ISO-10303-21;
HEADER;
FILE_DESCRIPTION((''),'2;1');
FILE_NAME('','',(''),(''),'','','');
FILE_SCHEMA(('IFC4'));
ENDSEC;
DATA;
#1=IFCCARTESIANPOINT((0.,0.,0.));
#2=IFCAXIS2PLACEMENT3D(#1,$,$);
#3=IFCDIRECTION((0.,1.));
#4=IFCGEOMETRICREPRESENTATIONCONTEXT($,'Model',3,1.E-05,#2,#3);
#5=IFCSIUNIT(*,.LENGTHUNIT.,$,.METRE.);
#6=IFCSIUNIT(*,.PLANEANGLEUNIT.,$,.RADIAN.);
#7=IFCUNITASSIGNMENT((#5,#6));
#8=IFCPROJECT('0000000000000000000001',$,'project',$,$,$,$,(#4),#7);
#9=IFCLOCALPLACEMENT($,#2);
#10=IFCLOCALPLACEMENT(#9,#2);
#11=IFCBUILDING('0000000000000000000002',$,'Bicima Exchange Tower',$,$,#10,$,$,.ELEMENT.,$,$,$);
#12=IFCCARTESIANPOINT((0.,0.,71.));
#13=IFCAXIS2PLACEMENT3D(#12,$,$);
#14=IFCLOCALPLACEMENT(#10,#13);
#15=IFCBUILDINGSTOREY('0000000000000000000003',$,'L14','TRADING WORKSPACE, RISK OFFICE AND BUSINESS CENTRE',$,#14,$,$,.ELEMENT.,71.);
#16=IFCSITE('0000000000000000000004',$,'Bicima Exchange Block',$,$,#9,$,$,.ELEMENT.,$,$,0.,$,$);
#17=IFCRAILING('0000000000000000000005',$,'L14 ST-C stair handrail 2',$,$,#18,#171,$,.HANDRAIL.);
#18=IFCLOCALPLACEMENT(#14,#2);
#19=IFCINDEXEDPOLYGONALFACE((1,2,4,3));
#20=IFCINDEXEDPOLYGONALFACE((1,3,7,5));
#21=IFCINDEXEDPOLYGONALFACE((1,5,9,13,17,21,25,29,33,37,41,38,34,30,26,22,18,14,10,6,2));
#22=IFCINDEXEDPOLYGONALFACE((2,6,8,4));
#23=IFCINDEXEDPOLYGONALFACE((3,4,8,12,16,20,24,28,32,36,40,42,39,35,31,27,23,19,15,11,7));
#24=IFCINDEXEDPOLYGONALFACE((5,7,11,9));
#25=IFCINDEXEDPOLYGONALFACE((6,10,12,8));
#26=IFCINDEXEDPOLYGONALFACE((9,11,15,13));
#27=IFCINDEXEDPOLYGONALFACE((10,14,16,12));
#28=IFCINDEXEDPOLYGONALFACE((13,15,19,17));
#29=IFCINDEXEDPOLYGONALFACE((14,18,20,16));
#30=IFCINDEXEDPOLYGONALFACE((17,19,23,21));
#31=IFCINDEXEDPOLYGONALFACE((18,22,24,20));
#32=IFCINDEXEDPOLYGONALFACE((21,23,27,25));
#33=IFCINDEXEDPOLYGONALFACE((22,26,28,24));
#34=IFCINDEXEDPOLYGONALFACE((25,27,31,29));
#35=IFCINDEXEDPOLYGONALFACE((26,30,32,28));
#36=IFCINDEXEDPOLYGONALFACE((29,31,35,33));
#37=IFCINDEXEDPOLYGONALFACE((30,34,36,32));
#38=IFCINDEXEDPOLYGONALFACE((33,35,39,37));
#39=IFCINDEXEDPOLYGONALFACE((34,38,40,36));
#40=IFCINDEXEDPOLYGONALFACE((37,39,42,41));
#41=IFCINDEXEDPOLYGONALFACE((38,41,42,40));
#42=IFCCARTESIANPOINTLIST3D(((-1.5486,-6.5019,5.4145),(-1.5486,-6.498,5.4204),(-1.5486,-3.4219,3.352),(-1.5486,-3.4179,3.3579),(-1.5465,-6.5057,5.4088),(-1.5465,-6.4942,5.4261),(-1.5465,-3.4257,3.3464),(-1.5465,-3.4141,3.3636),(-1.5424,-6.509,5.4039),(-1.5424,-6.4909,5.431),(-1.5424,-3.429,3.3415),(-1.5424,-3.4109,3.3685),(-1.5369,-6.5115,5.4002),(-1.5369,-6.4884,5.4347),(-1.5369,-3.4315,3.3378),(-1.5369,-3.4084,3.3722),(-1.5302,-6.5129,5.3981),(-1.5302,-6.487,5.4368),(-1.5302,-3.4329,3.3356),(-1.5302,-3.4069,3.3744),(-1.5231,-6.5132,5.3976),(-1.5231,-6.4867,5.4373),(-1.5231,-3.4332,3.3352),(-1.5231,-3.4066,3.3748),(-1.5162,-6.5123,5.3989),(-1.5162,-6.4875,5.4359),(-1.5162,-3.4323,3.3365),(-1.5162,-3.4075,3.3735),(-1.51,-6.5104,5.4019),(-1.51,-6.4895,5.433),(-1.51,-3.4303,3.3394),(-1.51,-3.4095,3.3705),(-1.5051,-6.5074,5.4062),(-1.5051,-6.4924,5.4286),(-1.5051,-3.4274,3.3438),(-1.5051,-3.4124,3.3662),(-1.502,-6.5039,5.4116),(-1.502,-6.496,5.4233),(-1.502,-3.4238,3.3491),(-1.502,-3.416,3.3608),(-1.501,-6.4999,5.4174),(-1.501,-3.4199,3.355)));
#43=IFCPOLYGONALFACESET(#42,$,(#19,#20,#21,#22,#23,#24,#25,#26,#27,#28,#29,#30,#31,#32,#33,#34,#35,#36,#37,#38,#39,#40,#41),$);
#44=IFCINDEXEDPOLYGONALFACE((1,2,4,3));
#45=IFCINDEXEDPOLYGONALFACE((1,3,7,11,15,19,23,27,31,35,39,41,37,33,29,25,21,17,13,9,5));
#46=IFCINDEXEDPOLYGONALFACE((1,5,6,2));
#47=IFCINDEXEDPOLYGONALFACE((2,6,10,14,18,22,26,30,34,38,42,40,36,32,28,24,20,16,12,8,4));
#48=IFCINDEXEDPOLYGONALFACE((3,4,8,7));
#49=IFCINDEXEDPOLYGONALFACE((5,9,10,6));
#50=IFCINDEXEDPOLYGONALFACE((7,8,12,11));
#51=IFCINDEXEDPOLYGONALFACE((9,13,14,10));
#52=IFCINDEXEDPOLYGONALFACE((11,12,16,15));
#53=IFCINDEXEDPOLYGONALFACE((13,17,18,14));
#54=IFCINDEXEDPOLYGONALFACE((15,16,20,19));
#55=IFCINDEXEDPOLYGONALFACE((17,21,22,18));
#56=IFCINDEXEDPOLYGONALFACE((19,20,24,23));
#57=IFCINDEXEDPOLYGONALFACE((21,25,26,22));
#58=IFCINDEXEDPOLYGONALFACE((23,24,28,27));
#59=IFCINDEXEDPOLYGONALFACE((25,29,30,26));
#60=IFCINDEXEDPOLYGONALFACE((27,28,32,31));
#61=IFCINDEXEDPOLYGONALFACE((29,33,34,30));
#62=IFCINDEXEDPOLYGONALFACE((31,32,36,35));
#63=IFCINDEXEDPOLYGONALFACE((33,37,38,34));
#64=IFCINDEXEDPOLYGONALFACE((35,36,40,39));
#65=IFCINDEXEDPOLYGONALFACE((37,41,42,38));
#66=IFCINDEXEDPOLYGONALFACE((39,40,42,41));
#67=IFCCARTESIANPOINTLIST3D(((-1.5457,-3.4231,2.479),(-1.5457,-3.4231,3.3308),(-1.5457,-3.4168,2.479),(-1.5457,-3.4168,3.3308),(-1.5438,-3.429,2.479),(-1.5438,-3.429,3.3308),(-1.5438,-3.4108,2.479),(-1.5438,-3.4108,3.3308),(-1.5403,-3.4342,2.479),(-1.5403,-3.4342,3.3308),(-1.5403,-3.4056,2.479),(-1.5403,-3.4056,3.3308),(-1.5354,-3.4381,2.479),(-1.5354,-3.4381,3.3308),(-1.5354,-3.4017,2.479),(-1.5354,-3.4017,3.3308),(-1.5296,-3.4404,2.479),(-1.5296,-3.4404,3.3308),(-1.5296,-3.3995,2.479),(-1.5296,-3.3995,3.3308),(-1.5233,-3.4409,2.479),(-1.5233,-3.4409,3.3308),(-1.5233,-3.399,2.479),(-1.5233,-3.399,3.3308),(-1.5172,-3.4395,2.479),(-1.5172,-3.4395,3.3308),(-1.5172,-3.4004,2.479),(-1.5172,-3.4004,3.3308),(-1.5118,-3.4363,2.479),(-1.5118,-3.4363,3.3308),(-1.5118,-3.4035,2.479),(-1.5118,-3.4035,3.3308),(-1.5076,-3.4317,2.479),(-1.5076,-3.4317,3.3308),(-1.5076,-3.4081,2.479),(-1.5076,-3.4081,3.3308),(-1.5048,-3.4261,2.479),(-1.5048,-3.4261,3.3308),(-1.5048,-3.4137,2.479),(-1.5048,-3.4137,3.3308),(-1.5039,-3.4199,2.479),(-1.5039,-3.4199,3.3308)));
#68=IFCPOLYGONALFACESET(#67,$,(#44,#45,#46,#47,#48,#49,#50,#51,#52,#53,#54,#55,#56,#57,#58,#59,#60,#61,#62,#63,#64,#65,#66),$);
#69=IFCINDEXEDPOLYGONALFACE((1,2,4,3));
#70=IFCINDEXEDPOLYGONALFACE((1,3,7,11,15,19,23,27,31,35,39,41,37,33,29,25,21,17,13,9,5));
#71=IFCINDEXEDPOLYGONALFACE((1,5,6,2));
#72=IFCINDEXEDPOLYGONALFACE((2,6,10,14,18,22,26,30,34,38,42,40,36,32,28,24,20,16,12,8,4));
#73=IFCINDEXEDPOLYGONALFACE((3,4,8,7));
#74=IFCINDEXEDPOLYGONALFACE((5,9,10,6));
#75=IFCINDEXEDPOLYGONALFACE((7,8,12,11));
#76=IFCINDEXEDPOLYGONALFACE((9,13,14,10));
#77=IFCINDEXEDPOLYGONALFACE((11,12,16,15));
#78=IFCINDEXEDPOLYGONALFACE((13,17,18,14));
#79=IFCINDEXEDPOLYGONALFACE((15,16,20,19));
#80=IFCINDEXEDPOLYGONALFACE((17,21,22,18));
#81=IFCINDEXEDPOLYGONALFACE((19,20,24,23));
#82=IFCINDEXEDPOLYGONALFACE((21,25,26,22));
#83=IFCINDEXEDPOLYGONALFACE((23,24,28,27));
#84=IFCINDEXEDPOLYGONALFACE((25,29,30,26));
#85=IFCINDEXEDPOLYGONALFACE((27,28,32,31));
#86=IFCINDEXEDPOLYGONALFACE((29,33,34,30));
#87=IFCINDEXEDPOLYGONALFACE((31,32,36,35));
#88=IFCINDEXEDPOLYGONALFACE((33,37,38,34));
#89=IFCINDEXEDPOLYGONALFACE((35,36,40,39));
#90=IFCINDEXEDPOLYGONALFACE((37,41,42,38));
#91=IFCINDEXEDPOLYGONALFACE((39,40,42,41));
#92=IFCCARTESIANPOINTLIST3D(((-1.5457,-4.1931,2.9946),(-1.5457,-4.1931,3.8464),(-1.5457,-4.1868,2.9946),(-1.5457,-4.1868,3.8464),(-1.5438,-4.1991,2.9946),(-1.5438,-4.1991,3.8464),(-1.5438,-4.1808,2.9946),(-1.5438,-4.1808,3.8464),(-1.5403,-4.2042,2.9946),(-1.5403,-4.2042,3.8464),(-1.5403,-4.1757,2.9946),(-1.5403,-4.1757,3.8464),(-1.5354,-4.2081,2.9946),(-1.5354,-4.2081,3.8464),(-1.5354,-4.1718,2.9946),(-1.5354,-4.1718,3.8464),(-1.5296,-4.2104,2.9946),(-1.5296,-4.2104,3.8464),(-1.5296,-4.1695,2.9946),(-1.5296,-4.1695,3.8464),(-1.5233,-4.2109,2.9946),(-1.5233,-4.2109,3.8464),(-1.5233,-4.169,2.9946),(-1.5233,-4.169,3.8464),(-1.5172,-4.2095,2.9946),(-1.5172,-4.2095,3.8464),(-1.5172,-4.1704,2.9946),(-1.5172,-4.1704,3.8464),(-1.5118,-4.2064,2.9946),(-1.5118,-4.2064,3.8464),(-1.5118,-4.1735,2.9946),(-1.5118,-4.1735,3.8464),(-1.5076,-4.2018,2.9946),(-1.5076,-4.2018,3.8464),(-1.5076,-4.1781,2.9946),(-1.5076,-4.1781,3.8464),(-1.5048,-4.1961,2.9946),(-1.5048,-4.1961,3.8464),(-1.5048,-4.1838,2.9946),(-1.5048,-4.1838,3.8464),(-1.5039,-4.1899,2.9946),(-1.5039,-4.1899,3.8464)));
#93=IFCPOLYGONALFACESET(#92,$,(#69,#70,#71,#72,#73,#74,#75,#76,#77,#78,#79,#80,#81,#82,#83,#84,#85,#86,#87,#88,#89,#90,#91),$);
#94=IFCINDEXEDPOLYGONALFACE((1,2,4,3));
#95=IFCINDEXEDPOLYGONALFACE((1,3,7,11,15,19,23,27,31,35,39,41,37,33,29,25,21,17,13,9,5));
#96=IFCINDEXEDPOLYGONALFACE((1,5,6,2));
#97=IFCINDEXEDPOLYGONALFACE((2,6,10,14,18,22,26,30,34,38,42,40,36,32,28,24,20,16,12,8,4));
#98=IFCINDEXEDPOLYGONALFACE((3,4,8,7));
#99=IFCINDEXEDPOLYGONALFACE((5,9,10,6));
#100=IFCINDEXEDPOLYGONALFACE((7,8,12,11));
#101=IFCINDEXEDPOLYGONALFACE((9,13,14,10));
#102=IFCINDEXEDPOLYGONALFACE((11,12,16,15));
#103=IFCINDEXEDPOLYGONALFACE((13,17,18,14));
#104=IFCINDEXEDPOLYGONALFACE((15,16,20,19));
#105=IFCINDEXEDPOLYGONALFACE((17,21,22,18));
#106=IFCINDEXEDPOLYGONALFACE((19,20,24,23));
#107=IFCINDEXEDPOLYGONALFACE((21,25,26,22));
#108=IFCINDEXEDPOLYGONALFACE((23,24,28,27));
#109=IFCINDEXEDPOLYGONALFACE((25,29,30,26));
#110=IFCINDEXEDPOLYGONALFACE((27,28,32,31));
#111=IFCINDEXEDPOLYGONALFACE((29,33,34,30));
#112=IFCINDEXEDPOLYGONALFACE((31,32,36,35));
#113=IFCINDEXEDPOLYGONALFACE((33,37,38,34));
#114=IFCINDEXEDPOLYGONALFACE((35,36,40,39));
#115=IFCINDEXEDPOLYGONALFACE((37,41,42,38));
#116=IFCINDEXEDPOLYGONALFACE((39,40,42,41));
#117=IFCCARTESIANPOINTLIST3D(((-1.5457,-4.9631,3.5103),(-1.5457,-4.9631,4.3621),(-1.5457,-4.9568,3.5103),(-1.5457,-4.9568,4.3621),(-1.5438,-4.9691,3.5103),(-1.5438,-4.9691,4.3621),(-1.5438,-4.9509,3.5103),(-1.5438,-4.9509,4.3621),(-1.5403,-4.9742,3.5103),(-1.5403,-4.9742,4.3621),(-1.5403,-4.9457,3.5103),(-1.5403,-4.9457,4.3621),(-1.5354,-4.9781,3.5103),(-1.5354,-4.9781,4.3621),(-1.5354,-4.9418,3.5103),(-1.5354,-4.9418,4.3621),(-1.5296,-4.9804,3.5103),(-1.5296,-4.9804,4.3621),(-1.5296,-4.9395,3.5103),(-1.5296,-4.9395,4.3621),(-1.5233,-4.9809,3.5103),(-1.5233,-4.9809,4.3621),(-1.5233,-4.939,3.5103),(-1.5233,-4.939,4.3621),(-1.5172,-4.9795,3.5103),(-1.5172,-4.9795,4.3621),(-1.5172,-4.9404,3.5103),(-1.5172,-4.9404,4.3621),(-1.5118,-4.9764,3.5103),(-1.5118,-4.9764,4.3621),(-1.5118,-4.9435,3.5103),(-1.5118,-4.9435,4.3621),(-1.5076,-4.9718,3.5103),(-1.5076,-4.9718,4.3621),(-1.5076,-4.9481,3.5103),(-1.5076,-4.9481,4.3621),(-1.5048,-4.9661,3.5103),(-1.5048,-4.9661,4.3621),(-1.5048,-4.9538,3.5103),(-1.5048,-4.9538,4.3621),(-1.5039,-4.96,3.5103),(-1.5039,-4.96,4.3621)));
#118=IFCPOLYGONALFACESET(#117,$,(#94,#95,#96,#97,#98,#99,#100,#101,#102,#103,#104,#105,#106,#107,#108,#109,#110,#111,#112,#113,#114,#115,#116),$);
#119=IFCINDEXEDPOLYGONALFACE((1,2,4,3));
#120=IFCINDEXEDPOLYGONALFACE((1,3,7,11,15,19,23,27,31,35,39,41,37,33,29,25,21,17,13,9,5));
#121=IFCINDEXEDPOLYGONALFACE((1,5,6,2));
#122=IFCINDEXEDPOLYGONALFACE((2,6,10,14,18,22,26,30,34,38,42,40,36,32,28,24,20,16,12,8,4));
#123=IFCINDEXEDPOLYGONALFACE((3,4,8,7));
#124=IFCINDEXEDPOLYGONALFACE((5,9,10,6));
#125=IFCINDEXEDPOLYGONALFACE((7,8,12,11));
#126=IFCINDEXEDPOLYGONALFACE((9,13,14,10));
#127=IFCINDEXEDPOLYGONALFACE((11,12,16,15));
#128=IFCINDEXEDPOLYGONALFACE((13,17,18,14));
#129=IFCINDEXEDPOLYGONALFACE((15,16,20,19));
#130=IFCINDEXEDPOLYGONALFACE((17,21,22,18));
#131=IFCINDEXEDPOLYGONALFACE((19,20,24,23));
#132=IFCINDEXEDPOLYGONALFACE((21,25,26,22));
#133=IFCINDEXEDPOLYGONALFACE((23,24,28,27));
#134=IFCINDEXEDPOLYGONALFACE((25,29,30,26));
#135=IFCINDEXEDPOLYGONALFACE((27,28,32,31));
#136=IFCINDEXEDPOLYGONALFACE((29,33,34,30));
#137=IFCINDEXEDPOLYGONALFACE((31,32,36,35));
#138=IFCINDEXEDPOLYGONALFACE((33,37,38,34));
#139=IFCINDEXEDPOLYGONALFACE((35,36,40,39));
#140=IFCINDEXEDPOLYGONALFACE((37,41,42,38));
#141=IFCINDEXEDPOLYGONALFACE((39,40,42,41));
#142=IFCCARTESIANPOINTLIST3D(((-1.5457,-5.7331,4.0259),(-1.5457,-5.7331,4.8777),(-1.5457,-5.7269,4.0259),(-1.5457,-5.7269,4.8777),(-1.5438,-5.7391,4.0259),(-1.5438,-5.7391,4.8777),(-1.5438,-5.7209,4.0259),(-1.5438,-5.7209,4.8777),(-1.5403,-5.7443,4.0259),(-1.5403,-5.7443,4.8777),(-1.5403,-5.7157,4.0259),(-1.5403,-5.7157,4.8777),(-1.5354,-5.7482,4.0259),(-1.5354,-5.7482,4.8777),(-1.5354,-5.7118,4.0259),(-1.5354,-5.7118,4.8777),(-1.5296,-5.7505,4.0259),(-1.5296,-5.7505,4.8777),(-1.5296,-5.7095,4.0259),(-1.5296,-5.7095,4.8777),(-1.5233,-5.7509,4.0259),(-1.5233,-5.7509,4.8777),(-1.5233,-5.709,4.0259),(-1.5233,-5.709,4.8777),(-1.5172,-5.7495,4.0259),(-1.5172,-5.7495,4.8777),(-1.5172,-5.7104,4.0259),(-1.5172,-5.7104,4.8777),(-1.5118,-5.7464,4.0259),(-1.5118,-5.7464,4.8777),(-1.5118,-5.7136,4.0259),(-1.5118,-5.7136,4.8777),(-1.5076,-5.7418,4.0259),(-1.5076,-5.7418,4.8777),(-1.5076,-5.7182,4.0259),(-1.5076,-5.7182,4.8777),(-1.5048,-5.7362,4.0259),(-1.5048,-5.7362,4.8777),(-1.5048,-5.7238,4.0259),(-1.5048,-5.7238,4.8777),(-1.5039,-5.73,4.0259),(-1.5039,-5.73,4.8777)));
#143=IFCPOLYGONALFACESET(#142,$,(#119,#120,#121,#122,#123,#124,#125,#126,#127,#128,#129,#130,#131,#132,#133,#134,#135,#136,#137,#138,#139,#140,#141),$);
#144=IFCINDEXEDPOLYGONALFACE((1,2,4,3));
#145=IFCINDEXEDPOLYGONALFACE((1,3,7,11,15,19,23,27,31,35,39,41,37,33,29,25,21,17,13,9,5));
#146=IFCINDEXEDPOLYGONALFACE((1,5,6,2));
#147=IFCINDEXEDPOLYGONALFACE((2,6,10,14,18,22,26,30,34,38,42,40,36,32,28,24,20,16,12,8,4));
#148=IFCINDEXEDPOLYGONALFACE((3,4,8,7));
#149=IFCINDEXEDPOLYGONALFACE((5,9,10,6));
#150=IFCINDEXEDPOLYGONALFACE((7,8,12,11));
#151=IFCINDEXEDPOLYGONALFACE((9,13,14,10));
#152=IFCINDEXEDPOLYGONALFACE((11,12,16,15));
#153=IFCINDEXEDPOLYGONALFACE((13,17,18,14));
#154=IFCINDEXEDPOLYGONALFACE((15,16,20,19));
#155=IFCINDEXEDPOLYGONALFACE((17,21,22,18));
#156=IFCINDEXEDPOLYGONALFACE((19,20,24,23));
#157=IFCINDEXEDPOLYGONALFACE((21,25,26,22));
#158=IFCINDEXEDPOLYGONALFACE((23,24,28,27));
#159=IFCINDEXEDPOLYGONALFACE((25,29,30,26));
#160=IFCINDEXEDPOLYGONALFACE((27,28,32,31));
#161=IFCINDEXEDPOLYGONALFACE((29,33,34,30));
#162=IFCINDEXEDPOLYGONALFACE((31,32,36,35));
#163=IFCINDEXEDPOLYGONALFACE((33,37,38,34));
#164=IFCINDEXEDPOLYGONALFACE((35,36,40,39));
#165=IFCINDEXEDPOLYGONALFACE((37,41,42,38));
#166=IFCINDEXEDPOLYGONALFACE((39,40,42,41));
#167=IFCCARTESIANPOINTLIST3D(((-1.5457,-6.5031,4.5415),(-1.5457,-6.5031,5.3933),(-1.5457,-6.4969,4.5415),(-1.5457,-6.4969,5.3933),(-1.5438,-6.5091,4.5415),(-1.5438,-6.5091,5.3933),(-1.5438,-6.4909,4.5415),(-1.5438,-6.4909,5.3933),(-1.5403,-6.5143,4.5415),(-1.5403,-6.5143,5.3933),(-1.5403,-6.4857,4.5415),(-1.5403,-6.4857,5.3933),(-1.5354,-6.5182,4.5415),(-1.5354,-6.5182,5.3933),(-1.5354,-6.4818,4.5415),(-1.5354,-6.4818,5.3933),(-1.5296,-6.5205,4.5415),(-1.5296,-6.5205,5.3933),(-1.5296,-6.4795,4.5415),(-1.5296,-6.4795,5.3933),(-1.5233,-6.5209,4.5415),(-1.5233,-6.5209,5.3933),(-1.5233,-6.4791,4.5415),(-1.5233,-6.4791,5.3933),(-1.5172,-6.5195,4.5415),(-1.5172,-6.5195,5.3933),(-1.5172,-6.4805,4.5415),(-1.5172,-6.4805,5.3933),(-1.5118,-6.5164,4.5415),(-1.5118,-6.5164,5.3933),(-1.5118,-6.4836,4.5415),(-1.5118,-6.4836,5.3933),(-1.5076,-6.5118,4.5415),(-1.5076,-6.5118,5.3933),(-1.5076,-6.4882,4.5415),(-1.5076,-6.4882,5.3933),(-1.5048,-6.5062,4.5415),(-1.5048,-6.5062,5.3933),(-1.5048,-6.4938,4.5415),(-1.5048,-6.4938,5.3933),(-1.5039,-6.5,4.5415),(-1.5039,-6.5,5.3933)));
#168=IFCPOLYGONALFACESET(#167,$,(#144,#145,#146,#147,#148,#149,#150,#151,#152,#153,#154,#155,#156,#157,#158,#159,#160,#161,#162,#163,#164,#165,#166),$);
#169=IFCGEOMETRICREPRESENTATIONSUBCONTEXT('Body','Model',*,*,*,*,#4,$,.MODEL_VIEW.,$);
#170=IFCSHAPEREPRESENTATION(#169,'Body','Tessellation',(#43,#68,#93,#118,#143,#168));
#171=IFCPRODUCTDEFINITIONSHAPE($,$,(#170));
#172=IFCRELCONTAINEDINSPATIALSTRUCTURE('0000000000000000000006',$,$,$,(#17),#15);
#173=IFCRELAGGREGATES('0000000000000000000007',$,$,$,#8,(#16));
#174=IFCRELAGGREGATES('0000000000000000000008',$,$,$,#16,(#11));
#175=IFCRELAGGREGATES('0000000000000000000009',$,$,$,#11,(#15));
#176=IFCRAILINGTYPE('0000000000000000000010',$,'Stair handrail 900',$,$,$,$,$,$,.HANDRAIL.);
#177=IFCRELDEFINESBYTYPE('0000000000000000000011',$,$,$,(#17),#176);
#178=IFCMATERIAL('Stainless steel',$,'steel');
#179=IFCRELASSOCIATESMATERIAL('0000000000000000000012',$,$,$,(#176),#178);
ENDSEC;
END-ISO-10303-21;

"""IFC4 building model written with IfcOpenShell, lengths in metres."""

from ifc_helpers import new_model, si_unit, direction, frame, origin, origin_2d, place, context, subcontext, project, spatial, circle, extrude, material, type_object, element, save


model = new_model("IFC4")

# Units and contexts
model_context = context("Model", 3, precision=1e-05, world=origin(), true_north=direction((0.0, 1.0)))
body_context = subcontext(model_context, "Body", "Model", "MODEL_VIEW")
ifc_project = project(units=[si_unit("LENGTHUNIT", "METRE"), si_unit("PLANEANGLEUNIT", "RADIAN")], contexts=[model_context])

# Site, building, storey
site_placement = place(None, origin())
site = spatial("IfcSite", under=ifc_project, at=site_placement, Name="Bicima Exchange Block", CompositionType="ELEMENT", RefElevation=0.0)
building_placement = place(site_placement, origin())
building = spatial("IfcBuilding", under=site, at=building_placement, Name="Bicima Exchange Tower", CompositionType="ELEMENT")
storey_placement = place(building_placement, frame((0.0, 0.0, 71.0)))
storey = spatial("IfcBuildingStorey", under=building, at=storey_placement, Name="L14", Description="TRADING WORKSPACE, RISK OFFICE AND BUSINESS CENTRE", CompositionType="ELEMENT", Elevation=71.0)

# Railing
ifc_material_1 = material(Name="Stainless steel", Category="steel")
railing_type = type_object("IfcRailingType", Name="Stair handrail 900", PredefinedType="HANDRAIL", material=ifc_material_1)
railing_placement = place(storey_placement, frame((-1.5249, -3.4199, 2.479)))
element("IfcRailing", 1, at=railing_placement, inside=storey, type_object=railing_type, Name="L14 ST-C stair handrail 2", PredefinedType="HANDRAIL", context=body_context, shape_type="SweptSolid", body=[
    extrude(circle(Radius=0.0239, at=origin_2d()), frame((0.0, 0.0, 0.876), z_axis=(0.0, -0.830914, 0.556401), x_axis=(1.0, 0.0, 0.0)), (0.0, 0.0, 1.0), 3.7068),
    extrude(circle(Radius=0.021, at=origin_2d()), origin(), (0.0, 0.0, 1.0), 0.8518),
    extrude(circle(Radius=0.021, at=origin_2d()), frame((0.0, -0.77, 0.5156)), (0.0, 0.0, 1.0), 0.8518),
    extrude(circle(Radius=0.021, at=origin_2d()), frame((0.0, -1.54, 1.0312)), (0.0, 0.0, 1.0), 0.8518),
    extrude(circle(Radius=0.021, at=origin_2d()), frame((0.0, -2.3101, 1.5469)), (0.0, 0.0, 1.0), 0.8518),
    extrude(circle(Radius=0.021, at=origin_2d()), frame((0.0, -3.0801, 2.0625)), (0.0, 0.0, 1.0), 0.8518),
])

save(model, "model.ifc")
